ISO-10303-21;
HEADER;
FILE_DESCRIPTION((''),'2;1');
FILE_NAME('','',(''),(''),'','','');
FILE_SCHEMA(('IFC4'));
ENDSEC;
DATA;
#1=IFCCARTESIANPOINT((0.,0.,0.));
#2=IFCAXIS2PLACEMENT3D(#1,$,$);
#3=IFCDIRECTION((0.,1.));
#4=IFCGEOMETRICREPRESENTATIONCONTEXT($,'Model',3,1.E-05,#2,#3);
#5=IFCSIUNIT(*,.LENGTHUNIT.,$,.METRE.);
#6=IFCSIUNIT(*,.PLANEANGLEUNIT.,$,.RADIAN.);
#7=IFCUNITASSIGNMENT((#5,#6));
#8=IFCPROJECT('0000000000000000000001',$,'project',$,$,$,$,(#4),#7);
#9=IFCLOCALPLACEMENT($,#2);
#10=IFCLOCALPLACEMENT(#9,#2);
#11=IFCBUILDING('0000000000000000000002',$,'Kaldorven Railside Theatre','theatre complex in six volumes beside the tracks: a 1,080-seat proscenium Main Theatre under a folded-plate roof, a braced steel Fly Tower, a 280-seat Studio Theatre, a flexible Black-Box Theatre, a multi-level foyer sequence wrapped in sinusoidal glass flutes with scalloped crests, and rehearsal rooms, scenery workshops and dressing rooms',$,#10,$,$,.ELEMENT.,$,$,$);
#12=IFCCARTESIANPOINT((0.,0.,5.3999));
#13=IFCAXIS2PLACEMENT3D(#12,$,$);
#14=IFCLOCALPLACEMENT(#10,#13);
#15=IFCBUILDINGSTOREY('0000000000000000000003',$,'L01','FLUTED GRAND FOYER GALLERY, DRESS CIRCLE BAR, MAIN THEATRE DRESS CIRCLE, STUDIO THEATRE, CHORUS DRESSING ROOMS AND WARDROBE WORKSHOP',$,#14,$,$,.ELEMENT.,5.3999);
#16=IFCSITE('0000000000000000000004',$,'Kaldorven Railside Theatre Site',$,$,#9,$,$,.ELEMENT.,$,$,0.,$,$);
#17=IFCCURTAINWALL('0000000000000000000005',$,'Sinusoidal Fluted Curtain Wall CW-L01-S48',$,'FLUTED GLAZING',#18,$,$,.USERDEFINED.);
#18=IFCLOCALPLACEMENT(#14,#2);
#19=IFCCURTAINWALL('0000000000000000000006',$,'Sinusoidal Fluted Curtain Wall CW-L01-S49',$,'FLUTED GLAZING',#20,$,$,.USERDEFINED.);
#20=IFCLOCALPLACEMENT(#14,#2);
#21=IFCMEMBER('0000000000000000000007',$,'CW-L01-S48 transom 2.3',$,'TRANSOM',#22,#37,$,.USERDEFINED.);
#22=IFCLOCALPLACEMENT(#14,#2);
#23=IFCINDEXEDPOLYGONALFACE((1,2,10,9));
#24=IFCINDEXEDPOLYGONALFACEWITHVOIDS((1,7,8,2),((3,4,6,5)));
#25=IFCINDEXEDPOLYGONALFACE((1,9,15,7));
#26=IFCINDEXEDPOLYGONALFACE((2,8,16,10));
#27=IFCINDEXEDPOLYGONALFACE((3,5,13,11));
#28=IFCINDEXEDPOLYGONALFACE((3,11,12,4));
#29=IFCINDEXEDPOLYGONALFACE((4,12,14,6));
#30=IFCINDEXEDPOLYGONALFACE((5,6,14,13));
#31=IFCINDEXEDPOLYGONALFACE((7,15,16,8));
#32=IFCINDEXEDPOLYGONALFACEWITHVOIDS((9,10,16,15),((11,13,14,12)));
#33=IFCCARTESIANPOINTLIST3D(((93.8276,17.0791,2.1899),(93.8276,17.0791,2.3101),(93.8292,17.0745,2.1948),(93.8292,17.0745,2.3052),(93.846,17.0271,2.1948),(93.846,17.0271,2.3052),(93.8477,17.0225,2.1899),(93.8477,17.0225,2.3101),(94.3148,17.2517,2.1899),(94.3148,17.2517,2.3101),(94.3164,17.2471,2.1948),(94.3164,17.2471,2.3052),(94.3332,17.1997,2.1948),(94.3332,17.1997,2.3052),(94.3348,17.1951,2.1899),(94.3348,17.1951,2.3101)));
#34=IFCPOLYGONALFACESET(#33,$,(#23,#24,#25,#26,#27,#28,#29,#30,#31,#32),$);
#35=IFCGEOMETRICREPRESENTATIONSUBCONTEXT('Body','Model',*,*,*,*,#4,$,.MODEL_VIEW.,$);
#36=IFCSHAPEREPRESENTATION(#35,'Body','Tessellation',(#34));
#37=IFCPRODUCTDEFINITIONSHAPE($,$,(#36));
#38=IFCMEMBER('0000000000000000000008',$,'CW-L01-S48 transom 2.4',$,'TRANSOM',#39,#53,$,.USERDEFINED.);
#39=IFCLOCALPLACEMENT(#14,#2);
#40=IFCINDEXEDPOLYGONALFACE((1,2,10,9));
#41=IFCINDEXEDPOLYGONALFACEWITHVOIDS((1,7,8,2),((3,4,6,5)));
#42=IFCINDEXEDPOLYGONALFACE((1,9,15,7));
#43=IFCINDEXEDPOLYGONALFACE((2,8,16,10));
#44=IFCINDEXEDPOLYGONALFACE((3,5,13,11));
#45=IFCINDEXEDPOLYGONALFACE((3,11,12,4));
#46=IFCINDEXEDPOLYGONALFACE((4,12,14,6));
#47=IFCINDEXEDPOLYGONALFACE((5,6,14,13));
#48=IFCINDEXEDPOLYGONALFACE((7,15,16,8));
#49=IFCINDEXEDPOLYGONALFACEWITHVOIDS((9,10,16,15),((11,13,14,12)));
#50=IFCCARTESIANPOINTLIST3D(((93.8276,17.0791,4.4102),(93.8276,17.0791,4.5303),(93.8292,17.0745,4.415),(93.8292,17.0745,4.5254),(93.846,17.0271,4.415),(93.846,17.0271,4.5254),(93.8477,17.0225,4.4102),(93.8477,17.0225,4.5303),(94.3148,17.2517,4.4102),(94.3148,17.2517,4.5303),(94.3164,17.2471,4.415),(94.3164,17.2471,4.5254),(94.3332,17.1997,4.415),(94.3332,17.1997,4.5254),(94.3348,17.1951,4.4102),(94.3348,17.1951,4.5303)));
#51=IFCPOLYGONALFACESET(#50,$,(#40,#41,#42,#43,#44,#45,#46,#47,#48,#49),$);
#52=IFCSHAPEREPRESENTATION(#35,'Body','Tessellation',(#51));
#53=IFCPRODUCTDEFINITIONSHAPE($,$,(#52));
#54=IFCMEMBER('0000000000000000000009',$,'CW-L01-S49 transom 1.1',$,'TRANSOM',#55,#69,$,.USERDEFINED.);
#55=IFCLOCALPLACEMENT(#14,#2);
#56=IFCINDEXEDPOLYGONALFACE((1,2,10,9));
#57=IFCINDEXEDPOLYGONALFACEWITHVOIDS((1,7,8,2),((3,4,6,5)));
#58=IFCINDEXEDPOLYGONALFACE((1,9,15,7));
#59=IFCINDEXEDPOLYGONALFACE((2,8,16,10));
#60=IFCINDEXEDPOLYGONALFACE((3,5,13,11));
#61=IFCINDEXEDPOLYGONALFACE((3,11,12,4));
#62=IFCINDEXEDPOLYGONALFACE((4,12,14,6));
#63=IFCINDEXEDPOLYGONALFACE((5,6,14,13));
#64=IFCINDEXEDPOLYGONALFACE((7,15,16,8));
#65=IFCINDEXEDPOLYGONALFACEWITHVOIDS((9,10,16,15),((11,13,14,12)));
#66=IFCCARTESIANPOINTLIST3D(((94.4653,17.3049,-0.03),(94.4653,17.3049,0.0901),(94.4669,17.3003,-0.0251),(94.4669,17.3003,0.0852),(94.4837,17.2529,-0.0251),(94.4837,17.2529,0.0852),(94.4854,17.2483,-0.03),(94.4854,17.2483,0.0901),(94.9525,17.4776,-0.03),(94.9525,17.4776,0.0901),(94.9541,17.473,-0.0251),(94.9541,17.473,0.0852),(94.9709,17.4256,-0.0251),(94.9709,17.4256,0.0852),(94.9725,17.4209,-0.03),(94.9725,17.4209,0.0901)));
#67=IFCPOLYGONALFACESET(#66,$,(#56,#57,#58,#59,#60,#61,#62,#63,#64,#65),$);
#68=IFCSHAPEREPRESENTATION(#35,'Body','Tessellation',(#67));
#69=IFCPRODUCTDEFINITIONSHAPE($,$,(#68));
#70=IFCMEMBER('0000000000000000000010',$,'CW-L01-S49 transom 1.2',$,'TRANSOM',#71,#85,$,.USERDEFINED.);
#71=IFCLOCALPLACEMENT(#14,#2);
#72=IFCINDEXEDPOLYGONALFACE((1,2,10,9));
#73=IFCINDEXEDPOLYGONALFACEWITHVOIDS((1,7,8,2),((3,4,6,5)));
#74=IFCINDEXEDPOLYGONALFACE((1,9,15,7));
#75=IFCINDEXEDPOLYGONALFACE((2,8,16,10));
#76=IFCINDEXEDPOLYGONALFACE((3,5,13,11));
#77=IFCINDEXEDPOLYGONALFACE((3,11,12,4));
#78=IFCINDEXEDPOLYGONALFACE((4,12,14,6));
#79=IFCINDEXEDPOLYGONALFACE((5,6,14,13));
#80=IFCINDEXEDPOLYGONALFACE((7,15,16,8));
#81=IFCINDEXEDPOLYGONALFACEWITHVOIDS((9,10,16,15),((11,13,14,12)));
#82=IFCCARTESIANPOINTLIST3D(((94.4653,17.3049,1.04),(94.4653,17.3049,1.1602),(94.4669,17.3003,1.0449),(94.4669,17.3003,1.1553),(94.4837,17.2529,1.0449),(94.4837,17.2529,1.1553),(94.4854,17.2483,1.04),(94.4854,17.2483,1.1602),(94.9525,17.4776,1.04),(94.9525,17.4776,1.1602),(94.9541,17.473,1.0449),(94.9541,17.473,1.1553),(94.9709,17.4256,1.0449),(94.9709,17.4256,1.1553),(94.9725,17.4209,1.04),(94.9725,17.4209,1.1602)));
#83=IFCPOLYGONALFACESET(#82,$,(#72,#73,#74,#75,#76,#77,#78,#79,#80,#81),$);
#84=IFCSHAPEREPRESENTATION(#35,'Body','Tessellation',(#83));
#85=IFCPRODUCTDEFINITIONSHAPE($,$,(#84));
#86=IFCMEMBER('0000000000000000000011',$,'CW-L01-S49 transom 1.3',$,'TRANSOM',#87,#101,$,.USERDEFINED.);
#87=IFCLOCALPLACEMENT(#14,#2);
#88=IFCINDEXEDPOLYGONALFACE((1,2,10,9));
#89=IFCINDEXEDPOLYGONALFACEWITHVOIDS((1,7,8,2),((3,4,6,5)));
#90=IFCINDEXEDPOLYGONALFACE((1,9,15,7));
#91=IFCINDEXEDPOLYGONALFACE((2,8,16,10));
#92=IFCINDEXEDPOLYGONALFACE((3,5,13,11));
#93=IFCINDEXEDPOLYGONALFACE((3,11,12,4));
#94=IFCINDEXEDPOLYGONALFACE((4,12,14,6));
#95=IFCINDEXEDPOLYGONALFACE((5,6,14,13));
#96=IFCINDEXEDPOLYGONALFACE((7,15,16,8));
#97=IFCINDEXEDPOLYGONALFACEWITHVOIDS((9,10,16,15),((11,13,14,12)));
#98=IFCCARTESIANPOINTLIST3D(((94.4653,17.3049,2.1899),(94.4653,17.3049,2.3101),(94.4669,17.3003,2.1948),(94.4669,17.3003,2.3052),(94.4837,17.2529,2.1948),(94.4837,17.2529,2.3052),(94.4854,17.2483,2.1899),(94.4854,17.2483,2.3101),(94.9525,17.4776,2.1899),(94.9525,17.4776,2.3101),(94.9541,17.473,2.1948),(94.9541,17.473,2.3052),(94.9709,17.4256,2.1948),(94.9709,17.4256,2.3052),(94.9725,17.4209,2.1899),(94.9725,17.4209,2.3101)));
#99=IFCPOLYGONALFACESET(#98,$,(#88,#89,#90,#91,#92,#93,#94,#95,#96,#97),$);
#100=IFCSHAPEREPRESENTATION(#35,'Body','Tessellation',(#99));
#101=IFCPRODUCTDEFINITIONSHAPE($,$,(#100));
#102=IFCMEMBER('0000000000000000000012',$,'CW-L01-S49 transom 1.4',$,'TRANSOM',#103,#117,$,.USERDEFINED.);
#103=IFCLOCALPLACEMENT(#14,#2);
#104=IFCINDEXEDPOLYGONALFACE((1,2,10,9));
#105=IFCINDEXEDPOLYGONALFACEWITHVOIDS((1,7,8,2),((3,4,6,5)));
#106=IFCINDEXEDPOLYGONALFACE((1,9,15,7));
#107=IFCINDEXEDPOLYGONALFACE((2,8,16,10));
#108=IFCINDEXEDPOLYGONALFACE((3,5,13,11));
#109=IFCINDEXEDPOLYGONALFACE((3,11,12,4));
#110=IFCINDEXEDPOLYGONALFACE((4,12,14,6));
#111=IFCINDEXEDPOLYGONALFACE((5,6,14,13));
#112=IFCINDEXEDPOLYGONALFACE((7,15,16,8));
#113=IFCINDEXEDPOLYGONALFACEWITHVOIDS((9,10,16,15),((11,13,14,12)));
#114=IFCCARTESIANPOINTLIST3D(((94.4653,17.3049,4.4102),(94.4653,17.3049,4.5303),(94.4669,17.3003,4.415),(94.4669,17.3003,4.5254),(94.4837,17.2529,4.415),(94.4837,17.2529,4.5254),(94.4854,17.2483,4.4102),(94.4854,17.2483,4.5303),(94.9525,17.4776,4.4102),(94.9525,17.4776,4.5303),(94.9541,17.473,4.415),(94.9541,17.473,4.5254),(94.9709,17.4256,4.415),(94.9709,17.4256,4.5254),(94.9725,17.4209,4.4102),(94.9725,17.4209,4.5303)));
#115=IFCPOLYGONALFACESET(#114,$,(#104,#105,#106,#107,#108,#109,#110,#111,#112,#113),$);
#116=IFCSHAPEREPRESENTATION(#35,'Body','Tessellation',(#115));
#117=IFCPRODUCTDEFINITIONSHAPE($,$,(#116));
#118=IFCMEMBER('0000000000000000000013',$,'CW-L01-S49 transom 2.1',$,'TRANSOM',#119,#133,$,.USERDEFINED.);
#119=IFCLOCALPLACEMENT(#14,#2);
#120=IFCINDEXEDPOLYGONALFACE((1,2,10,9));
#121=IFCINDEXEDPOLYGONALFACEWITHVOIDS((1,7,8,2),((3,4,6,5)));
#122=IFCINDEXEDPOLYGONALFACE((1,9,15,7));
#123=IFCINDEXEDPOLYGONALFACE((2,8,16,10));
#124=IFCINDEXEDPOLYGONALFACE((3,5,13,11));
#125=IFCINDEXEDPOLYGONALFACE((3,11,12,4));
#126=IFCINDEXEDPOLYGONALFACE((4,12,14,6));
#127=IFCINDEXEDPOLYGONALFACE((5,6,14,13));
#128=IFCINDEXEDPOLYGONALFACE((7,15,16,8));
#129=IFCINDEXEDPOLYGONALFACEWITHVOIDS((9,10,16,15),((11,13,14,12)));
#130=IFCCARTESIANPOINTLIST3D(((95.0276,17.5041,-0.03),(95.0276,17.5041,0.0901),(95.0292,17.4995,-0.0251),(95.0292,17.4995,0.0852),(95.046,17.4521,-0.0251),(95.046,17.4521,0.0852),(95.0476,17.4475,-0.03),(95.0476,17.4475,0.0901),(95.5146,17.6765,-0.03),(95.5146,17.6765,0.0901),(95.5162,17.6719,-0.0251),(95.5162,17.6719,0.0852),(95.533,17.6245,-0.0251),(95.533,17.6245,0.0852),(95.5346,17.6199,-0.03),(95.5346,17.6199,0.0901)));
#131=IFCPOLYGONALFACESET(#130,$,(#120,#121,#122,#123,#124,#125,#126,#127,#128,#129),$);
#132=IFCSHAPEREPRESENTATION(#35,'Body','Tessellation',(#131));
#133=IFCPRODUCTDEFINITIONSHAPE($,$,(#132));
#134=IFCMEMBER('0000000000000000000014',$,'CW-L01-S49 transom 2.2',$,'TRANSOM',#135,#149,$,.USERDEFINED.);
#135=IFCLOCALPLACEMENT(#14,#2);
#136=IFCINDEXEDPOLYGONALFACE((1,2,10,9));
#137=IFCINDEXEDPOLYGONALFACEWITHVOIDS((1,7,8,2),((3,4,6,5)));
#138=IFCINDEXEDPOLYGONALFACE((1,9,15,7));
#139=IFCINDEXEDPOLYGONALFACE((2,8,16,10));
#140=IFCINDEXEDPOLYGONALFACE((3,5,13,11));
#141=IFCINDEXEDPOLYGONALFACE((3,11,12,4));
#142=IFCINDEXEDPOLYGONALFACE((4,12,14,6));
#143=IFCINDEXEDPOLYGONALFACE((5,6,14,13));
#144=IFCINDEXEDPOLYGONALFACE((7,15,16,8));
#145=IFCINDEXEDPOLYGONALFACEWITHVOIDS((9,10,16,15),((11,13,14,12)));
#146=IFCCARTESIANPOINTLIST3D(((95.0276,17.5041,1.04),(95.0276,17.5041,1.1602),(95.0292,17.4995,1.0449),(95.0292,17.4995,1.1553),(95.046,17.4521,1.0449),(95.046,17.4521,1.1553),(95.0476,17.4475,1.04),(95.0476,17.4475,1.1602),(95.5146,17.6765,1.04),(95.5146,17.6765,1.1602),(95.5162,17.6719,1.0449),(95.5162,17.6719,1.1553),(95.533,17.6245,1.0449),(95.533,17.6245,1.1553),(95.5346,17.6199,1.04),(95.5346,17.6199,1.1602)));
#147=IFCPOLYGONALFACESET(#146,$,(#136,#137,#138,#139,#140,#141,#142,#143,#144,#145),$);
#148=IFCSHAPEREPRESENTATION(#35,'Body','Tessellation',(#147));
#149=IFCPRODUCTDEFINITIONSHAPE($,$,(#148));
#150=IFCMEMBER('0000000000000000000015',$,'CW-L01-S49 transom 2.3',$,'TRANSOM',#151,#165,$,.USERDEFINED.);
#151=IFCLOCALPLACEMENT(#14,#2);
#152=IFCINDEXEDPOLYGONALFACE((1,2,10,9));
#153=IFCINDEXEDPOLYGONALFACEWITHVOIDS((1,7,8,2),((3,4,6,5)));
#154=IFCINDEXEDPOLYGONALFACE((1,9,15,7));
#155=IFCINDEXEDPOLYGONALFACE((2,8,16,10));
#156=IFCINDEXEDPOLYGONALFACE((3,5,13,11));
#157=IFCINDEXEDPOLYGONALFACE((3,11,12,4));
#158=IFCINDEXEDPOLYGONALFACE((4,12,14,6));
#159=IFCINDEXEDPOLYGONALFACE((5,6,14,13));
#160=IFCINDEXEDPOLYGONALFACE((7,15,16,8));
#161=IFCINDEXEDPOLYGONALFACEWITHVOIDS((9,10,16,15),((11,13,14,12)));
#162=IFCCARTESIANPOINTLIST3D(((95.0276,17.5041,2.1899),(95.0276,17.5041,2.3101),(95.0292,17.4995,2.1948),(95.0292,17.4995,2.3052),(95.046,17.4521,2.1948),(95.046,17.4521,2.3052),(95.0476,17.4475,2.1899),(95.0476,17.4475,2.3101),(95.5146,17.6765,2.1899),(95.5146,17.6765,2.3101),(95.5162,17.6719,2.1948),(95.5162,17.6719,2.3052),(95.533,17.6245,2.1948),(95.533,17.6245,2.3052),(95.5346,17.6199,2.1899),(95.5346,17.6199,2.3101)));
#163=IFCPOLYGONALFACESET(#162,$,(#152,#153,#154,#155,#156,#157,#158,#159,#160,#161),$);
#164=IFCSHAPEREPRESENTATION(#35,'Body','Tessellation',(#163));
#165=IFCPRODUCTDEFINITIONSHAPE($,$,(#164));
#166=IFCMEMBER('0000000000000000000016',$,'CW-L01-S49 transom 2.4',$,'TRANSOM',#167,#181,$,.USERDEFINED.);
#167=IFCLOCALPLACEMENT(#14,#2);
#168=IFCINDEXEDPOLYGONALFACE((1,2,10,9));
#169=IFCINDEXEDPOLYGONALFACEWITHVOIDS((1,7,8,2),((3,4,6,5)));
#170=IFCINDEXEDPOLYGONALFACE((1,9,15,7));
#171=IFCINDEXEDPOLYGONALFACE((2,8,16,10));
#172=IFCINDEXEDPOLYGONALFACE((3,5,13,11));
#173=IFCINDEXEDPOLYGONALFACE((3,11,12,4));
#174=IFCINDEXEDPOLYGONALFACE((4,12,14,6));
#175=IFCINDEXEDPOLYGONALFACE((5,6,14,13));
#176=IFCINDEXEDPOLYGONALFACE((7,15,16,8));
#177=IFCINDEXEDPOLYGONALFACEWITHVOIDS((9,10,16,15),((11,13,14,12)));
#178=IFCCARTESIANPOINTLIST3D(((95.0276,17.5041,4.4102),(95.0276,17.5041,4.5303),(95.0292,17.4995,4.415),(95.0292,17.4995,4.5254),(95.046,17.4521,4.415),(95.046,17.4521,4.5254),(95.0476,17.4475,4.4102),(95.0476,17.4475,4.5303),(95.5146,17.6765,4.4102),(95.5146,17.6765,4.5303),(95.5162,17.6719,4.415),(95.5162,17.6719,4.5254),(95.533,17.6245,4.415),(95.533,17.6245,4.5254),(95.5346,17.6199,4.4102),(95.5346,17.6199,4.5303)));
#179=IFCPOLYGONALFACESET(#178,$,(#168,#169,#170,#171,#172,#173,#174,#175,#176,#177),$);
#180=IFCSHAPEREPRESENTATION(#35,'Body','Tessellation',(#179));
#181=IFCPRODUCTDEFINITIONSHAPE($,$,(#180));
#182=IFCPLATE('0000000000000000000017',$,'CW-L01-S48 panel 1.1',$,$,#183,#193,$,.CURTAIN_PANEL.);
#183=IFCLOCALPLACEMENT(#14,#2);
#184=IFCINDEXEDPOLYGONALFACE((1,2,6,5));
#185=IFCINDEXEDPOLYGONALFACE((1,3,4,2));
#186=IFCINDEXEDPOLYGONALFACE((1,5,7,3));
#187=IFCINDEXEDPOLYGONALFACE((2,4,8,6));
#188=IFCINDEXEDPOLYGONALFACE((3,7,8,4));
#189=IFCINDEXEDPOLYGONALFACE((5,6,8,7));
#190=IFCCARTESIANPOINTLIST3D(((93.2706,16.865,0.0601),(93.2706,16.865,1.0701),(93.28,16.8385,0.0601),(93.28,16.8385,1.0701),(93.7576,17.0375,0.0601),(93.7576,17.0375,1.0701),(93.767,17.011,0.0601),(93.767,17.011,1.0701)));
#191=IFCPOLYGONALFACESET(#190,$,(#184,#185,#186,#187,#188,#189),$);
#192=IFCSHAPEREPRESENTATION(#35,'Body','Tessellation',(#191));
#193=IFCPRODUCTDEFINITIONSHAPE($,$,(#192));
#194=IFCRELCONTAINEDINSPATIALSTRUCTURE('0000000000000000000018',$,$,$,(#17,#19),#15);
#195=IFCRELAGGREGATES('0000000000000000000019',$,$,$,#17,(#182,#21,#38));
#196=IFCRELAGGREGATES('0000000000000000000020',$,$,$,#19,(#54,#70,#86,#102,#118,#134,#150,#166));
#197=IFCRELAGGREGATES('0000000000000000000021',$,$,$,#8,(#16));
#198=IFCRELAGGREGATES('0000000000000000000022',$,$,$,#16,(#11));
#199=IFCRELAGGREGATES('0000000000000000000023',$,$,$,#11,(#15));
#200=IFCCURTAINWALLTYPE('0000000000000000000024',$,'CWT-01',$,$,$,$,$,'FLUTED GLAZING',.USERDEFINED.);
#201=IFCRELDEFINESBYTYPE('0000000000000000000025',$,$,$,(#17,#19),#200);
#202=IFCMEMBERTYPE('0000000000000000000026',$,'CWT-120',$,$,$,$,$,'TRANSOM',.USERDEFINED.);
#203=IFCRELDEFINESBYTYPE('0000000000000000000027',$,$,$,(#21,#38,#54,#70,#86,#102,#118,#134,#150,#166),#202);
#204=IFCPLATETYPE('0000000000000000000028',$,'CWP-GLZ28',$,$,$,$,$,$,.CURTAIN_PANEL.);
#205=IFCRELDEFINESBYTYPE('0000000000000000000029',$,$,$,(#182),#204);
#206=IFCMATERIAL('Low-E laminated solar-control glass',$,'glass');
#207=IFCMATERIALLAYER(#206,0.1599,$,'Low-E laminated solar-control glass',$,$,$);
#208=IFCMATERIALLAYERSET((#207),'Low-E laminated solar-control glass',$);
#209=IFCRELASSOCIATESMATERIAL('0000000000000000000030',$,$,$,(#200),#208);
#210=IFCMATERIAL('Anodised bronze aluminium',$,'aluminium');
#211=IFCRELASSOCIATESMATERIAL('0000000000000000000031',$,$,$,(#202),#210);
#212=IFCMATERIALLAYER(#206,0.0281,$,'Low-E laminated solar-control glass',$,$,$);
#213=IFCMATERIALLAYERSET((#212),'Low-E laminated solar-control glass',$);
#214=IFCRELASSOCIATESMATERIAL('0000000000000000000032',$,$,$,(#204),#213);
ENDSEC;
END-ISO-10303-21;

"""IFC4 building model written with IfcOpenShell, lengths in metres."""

from ifc_helpers import new_model, si_unit, direction, frame, origin, origin_2d, place, context, subcontext, project, spatial, rectangle, hollow_rectangle, extrude, material, layer, layer_set, material_profile, profile_set, type_object, element, aggregate, save


model = new_model("IFC4")

# Units and contexts
model_context = context("Model", 3, precision=1e-05, world=origin(), true_north=direction((0.0, 1.0)))
body_context = subcontext(model_context, "Body", "Model", "MODEL_VIEW")
ifc_project = project(units=[si_unit("LENGTHUNIT", "METRE"), si_unit("PLANEANGLEUNIT", "RADIAN")], contexts=[model_context])

# Site, building, storey
site_placement = place(None, origin())
site = spatial("IfcSite", under=ifc_project, at=site_placement, Name="Kaldorven Railside Theatre Site", CompositionType="ELEMENT", RefElevation=0.0)
building_placement = place(site_placement, origin())
building = spatial("IfcBuilding", under=site, at=building_placement, Name="Kaldorven Railside Theatre", Description="theatre complex in six volumes beside the tracks: a 1,080-seat proscenium Main Theatre under a folded-plate roof, a braced steel Fly Tower, a 280-seat Studio Theatre, a flexible Black-Box Theatre, a multi-level foyer sequence wrapped in sinusoidal glass flutes with scalloped crests, and rehearsal rooms, scenery workshops and dressing rooms", CompositionType="ELEMENT")
storey_placement = place(building_placement, frame((0.0, 0.0, 5.3999)))
storey = spatial("IfcBuildingStorey", under=building, at=storey_placement, Name="L01", Description="FLUTED GRAND FOYER GALLERY, DRESS CIRCLE BAR, MAIN THEATRE DRESS CIRCLE, STUDIO THEATRE, CHORUS DRESSING ROOMS AND WARDROBE WORKSHOP", CompositionType="ELEMENT", Elevation=5.3999)

# Curtain walls
ifc_material_1 = material(Name="Low-E laminated solar-control glass", Category="glass")
ifc_layer_1 = layer(ifc_material_1, 0.1599, Name="Low-E laminated solar-control glass")
ifc_layer_set_1 = layer_set([ifc_layer_1], Name="Low-E laminated solar-control glass")
curtain_wall_type = type_object("IfcCurtainWallType", Name="CWT-01", ElementType="FLUTED GLAZING", PredefinedType="USERDEFINED", material=ifc_layer_set_1)
curtain_wall_1_placement = place(storey_placement, origin())
curtain_wall_1 = element("IfcCurtainWall", 1, at=curtain_wall_1_placement, inside=storey, type_object=curtain_wall_type, Name="Sinusoidal Fluted Curtain Wall CW-L01-S48", ObjectType="FLUTED GLAZING", PredefinedType="USERDEFINED")
ifc_material_2 = material(Name="Anodised bronze aluminium", Category="aluminium")
curtain_wall_2_placement = place(storey_placement, origin())
curtain_wall_2 = element("IfcCurtainWall", 2, at=curtain_wall_2_placement, inside=storey, type_object=curtain_wall_type, Name="Sinusoidal Fluted Curtain Wall CW-L01-S49", ObjectType="FLUTED GLAZING", PredefinedType="USERDEFINED")

# Members
ifc_material_profile_1 = material_profile(ifc_material_2, hollow_rectangle(XDim=0.0601, YDim=0.1201, WallThickness=0.0049, at=origin_2d()), Name="RHS 120x60x5")
ifc_profile_set_1 = profile_set([ifc_material_profile_1], Name="Anodised bronze aluminium")
member_type_1 = type_object("IfcMemberType", Name="CWT-120", ElementType="TRANSOM", PredefinedType="USERDEFINED", material=ifc_profile_set_1)
member_1_placement = place(storey_placement, frame((93.8376, 17.0508, 2.25), z_axis=(0.942562, 0.334031, 0.0), x_axis=(-0.334031, 0.942562, 0.0)))
member_1 = element("IfcMember", 3, at=member_1_placement, type_object=member_type_1, Name="CW-L01-S48 transom 2.3", ObjectType="TRANSOM", PredefinedType="USERDEFINED", context=body_context, shape_type="SweptSolid", body=[
    extrude(hollow_rectangle(XDim=0.0601, YDim=0.1201, WallThickness=0.0049, at=origin_2d()), origin(), (0.0, 0.0, 1.0), 0.5168),
])
member_2_placement = place(storey_placement, frame((93.8376, 17.0508, 4.4702), z_axis=(0.942562, 0.334031, 0.0), x_axis=(-0.334031, 0.942562, 0.0)))
member_2 = element("IfcMember", 4, at=member_2_placement, type_object=member_type_1, Name="CW-L01-S48 transom 2.4", ObjectType="TRANSOM", PredefinedType="USERDEFINED", context=body_context, shape_type="SweptSolid", body=[
    extrude(hollow_rectangle(XDim=0.0601, YDim=0.1201, WallThickness=0.0049, at=origin_2d()), origin(), (0.0, 0.0, 1.0), 0.5168),
])
member_3_placement = place(storey_placement, frame((94.4753, 17.2766, 0.03), z_axis=(0.942562, 0.334031, 0.0), x_axis=(-0.334031, 0.942562, 0.0)))
member_3 = element("IfcMember", 5, at=member_3_placement, type_object=member_type_1, Name="CW-L01-S49 transom 1.1", ObjectType="TRANSOM", PredefinedType="USERDEFINED", context=body_context, shape_type="SweptSolid", body=[
    extrude(hollow_rectangle(XDim=0.0601, YDim=0.1201, WallThickness=0.0049, at=origin_2d()), origin(), (0.0, 0.0, 1.0), 0.5168),
])
member_4_placement = place(storey_placement, frame((94.4753, 17.2766, 1.1001), z_axis=(0.942562, 0.334031, 0.0), x_axis=(-0.334031, 0.942562, 0.0)))
member_4 = element("IfcMember", 6, at=member_4_placement, type_object=member_type_1, Name="CW-L01-S49 transom 1.2", ObjectType="TRANSOM", PredefinedType="USERDEFINED", context=body_context, shape_type="SweptSolid", body=[
    extrude(hollow_rectangle(XDim=0.0601, YDim=0.1201, WallThickness=0.0049, at=origin_2d()), origin(), (0.0, 0.0, 1.0), 0.5168),
])
member_5_placement = place(storey_placement, frame((94.4753, 17.2766, 2.25), z_axis=(0.942562, 0.334031, 0.0), x_axis=(-0.334031, 0.942562, 0.0)))
member_5 = element("IfcMember", 7, at=member_5_placement, type_object=member_type_1, Name="CW-L01-S49 transom 1.3", ObjectType="TRANSOM", PredefinedType="USERDEFINED", context=body_context, shape_type="SweptSolid", body=[
    extrude(hollow_rectangle(XDim=0.0601, YDim=0.1201, WallThickness=0.0049, at=origin_2d()), origin(), (0.0, 0.0, 1.0), 0.5168),
])
member_6_placement = place(storey_placement, frame((94.4753, 17.2766, 4.4702), z_axis=(0.942562, 0.334031, 0.0), x_axis=(-0.334031, 0.942562, 0.0)))
member_6 = element("IfcMember", 8, at=member_6_placement, type_object=member_type_1, Name="CW-L01-S49 transom 1.4", ObjectType="TRANSOM", PredefinedType="USERDEFINED", context=body_context, shape_type="SweptSolid", body=[
    extrude(hollow_rectangle(XDim=0.0601, YDim=0.1201, WallThickness=0.0049, at=origin_2d()), origin(), (0.0, 0.0, 1.0), 0.5168),
])
member_7_placement = place(storey_placement, frame((95.0376, 17.4758, 0.03), z_axis=(0.942711, 0.333611, 0.0), x_axis=(-0.333611, 0.942711, 0.0)))
member_7 = element("IfcMember", 9, at=member_7_placement, type_object=member_type_1, Name="CW-L01-S49 transom 2.1", ObjectType="TRANSOM", PredefinedType="USERDEFINED", context=body_context, shape_type="SweptSolid", body=[
    extrude(hollow_rectangle(XDim=0.0601, YDim=0.1201, WallThickness=0.0049, at=origin_2d()), origin(), (0.0, 0.0, 1.0), 0.5166),
])
member_8_placement = place(storey_placement, frame((95.0376, 17.4758, 1.1001), z_axis=(0.942711, 0.333611, 0.0), x_axis=(-0.333611, 0.942711, 0.0)))
member_8 = element("IfcMember", 10, at=member_8_placement, type_object=member_type_1, Name="CW-L01-S49 transom 2.2", ObjectType="TRANSOM", PredefinedType="USERDEFINED", context=body_context, shape_type="SweptSolid", body=[
    extrude(hollow_rectangle(XDim=0.0601, YDim=0.1201, WallThickness=0.0049, at=origin_2d()), origin(), (0.0, 0.0, 1.0), 0.5166),
])
member_9_placement = place(storey_placement, frame((95.0376, 17.4758, 2.25), z_axis=(0.942711, 0.333611, 0.0), x_axis=(-0.333611, 0.942711, 0.0)))
member_9 = element("IfcMember", 11, at=member_9_placement, type_object=member_type_1, Name="CW-L01-S49 transom 2.3", ObjectType="TRANSOM", PredefinedType="USERDEFINED", context=body_context, shape_type="SweptSolid", body=[
    extrude(hollow_rectangle(XDim=0.0601, YDim=0.1201, WallThickness=0.0049, at=origin_2d()), origin(), (0.0, 0.0, 1.0), 0.5166),
])
member_10_placement = place(storey_placement, frame((95.0376, 17.4758, 4.4702), z_axis=(0.942711, 0.333611, 0.0), x_axis=(-0.333611, 0.942711, 0.0)))
member_10 = element("IfcMember", 12, at=member_10_placement, type_object=member_type_1, Name="CW-L01-S49 transom 2.4", ObjectType="TRANSOM", PredefinedType="USERDEFINED", context=body_context, shape_type="SweptSolid", body=[
    extrude(hollow_rectangle(XDim=0.0601, YDim=0.1201, WallThickness=0.0049, at=origin_2d()), origin(), (0.0, 0.0, 1.0), 0.5166),
])

# Plate
ifc_layer_2 = layer(ifc_material_1, 0.0281, Name="Low-E laminated solar-control glass")
ifc_layer_set_2 = layer_set([ifc_layer_2], Name="Low-E laminated solar-control glass")
plate_type = type_object("IfcPlateType", Name="CWP-GLZ28", PredefinedType="CURTAIN_PANEL", material=ifc_layer_set_2)
plate_1_placement = place(storey_placement, frame((93.5188, 16.938, 0.0601), z_axis=(0.0, 0.0, 1.0), x_axis=(0.942627, 0.333847, 0.0)))
plate_1 = element("IfcPlate", 13, at=plate_1_placement, type_object=plate_type, Name="CW-L01-S48 panel 1.1", PredefinedType="CURTAIN_PANEL", context=body_context, shape_type="SweptSolid", body=[
    extrude(rectangle(XDim=0.5166, YDim=0.0281, at=origin_2d()), origin(), (0.0, 0.0, 1.0), 1.01),
])
aggregate(curtain_wall_1, [plate_1, member_1, member_2])
aggregate(curtain_wall_2, [member_3, member_4, member_5, member_6, member_7, member_8, member_9, member_10])

save(model, "model.ifc")
